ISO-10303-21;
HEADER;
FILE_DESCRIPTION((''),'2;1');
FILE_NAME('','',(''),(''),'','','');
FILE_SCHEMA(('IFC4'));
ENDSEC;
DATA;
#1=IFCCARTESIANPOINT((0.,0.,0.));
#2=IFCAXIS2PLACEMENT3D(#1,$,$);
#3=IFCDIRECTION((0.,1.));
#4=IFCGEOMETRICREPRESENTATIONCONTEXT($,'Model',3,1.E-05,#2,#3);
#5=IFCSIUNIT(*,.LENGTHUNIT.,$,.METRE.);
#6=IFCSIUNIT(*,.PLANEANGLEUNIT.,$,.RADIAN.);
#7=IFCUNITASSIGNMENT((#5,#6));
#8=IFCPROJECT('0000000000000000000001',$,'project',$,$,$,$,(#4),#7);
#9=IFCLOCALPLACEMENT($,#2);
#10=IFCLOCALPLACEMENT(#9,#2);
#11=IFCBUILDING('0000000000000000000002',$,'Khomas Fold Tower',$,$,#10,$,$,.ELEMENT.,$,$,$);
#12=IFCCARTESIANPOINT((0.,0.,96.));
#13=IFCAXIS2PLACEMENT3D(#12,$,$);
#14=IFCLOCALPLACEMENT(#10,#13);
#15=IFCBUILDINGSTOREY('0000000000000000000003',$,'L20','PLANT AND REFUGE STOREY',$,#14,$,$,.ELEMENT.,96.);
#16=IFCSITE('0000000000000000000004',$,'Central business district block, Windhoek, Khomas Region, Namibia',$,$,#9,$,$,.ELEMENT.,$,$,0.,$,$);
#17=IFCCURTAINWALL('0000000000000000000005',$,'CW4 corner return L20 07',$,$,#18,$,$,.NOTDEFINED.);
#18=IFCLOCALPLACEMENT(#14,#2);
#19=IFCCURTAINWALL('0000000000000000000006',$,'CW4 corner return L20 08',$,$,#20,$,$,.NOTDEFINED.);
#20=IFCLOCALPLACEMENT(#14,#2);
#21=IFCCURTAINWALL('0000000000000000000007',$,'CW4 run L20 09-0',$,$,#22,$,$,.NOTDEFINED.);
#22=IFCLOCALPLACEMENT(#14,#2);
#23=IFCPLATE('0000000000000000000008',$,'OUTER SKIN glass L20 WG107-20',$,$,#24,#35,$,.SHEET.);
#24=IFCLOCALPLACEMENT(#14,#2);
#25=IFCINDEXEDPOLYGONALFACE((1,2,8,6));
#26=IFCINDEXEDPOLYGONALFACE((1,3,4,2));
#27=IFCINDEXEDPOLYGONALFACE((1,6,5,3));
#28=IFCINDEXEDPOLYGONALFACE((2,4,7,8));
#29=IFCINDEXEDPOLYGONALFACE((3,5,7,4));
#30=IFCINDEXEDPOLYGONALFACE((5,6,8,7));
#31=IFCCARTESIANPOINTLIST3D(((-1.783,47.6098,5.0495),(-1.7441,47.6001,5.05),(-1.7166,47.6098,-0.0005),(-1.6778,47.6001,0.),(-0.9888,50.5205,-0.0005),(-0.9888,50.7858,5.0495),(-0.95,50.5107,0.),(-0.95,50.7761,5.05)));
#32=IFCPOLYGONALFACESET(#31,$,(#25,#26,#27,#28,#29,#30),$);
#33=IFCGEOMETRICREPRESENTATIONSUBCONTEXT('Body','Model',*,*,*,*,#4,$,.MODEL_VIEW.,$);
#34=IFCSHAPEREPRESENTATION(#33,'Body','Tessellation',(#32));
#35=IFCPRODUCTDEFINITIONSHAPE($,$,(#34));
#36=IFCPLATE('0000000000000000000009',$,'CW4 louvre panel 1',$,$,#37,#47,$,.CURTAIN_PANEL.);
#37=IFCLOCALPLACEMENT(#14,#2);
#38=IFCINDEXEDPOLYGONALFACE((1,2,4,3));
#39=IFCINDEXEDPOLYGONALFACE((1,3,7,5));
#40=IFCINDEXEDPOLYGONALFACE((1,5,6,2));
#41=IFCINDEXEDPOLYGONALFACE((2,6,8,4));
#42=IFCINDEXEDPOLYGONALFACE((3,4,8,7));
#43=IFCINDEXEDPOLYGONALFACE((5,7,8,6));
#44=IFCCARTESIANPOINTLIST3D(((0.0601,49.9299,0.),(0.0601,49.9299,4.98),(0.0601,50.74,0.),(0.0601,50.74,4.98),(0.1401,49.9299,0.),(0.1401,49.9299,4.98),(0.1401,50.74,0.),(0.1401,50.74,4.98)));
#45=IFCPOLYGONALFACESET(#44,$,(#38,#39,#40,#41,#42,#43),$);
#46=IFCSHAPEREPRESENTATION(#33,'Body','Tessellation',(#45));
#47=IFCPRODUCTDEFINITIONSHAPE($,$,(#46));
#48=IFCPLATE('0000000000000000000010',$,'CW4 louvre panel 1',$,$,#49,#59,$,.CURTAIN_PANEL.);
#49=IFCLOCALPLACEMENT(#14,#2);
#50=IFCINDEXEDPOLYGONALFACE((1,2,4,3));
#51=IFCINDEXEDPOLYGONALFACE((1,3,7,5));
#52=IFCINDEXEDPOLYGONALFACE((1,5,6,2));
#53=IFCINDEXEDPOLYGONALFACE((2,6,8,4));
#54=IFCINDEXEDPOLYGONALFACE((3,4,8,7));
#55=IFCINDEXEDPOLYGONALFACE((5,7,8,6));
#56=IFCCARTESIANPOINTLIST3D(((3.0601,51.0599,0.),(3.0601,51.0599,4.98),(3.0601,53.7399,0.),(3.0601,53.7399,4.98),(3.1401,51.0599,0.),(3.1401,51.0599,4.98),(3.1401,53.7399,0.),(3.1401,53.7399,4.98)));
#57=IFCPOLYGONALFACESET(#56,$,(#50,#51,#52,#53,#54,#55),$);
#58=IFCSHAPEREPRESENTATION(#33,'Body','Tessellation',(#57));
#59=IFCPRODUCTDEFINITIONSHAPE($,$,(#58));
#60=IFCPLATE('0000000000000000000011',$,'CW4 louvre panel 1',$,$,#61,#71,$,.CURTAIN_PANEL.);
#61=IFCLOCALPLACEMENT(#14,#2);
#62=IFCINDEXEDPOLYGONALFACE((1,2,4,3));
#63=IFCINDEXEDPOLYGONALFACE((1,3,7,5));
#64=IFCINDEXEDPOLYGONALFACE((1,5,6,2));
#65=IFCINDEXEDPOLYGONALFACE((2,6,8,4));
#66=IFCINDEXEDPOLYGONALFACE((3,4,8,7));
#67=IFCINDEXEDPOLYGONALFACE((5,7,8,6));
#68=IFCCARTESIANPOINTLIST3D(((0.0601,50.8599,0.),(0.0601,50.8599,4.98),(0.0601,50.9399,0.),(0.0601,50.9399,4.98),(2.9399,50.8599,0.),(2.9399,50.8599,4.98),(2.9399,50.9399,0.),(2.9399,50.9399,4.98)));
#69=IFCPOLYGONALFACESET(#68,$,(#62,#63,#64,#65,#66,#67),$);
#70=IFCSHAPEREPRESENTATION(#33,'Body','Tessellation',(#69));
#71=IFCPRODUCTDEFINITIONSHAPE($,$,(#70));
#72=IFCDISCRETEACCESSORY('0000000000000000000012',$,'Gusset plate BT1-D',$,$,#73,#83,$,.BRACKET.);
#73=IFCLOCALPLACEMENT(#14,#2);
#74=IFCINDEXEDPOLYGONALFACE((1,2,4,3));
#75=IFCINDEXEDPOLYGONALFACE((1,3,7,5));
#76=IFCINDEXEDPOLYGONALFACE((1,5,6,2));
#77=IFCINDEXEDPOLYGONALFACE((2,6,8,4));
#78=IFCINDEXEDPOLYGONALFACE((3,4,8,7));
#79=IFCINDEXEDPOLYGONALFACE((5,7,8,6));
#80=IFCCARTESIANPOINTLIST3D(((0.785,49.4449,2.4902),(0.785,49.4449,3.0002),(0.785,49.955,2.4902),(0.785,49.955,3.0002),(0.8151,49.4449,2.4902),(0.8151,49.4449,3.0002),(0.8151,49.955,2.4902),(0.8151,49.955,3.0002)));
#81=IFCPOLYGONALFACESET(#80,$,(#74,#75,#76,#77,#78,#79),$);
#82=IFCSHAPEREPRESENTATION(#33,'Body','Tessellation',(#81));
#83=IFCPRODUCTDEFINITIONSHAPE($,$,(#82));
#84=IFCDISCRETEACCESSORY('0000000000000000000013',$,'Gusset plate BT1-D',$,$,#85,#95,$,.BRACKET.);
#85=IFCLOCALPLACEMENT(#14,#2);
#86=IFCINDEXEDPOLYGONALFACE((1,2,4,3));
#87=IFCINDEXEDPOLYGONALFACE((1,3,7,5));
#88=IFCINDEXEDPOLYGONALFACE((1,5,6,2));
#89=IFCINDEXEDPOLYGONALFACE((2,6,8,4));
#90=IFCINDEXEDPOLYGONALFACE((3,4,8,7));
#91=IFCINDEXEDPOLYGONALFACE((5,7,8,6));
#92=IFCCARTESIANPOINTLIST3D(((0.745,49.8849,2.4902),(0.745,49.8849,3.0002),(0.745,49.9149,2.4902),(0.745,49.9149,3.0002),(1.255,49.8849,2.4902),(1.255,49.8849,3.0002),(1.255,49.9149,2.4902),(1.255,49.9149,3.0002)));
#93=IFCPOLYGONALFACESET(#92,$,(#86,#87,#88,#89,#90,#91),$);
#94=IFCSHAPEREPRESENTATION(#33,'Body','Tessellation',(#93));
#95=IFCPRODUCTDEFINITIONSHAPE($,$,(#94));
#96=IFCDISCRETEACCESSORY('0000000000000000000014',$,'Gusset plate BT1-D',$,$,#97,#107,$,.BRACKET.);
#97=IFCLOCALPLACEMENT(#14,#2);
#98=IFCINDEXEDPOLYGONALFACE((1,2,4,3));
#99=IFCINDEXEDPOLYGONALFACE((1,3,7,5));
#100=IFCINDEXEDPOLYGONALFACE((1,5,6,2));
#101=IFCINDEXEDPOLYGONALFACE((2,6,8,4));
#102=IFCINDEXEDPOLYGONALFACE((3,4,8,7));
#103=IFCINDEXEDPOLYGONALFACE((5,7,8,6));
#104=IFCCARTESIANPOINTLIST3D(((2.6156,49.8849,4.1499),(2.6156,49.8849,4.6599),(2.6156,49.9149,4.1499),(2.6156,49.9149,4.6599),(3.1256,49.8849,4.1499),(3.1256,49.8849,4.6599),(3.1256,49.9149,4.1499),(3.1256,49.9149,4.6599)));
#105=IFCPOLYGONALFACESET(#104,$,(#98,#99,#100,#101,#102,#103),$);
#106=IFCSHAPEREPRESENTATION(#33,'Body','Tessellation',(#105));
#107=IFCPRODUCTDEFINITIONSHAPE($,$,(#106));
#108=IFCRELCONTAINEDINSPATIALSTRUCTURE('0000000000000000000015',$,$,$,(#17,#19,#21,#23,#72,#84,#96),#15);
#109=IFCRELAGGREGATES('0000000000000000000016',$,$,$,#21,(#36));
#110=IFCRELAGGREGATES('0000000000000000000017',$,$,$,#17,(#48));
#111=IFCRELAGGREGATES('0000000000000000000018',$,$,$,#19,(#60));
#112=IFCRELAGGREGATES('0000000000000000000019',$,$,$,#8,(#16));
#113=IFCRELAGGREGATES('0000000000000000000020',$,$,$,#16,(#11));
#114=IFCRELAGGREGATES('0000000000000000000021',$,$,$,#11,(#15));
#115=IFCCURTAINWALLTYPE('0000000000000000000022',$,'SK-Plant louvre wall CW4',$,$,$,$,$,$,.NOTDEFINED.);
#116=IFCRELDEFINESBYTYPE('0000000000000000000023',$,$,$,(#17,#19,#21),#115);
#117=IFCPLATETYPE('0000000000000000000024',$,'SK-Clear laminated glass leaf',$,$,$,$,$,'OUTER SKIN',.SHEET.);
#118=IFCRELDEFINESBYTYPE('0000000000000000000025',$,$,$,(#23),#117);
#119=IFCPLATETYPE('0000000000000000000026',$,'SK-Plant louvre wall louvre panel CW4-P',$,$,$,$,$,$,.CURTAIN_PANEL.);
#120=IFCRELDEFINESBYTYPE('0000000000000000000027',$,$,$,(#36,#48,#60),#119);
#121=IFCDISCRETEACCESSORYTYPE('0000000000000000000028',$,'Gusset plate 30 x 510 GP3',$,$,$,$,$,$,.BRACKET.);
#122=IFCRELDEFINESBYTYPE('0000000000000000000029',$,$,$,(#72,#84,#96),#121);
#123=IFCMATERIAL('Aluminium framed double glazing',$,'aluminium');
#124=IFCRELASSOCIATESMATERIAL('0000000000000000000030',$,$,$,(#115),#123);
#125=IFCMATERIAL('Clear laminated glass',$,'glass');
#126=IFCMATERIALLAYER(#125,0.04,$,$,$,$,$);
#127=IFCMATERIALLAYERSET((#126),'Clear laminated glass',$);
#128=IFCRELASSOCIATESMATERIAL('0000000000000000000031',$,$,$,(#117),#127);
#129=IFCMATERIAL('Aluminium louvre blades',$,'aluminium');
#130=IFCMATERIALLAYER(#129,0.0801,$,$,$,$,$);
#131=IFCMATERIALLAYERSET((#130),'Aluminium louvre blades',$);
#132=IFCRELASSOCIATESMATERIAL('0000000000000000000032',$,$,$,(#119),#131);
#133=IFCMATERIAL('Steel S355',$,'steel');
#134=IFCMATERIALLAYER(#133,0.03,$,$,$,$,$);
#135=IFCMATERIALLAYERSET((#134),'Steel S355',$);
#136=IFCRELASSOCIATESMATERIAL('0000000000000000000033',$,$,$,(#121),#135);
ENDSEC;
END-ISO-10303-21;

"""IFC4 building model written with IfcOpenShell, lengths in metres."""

from ifc_helpers import new_model, si_unit, direction, frame, origin, origin_2d, place, context, subcontext, project, spatial, polyline, rectangle, outline, extrude, source, transform, mapped, material, layer, layer_set, type_object, element, aggregate, save


model = new_model("IFC4")

# Units and contexts
model_context = context("Model", 3, precision=1e-05, world=origin(), true_north=direction((0.0, 1.0)))
body_context = subcontext(model_context, "Body", "Model", "MODEL_VIEW")
ifc_project = project(units=[si_unit("LENGTHUNIT", "METRE"), si_unit("PLANEANGLEUNIT", "RADIAN")], contexts=[model_context])

# Site, building, storey
site_placement = place(None, origin())
site = spatial("IfcSite", under=ifc_project, at=site_placement, Name="Central business district block, Windhoek, Khomas Region, Namibia", CompositionType="ELEMENT", RefElevation=0.0)
building_placement = place(site_placement, origin())
building = spatial("IfcBuilding", under=site, at=building_placement, Name="Khomas Fold Tower", CompositionType="ELEMENT")
storey_placement = place(building_placement, frame((0.0, 0.0, 96.0)))
storey = spatial("IfcBuildingStorey", under=building, at=storey_placement, Name="L20", Description="PLANT AND REFUGE STOREY", CompositionType="ELEMENT", Elevation=96.0)

# Curtain wall
ifc_material_1 = material(Name="Aluminium framed double glazing", Category="aluminium")
curtain_wall_type = type_object("IfcCurtainWallType", Name="SK-Plant louvre wall CW4", PredefinedType="NOTDEFINED", material=ifc_material_1)
curtain_wall_1_placement = place(storey_placement, origin())
curtain_wall_1 = element("IfcCurtainWall", 1, at=curtain_wall_1_placement, inside=storey, type_object=curtain_wall_type, Name="CW4 corner return L20 07", PredefinedType="NOTDEFINED")

# Curtain walls
curtain_wall_2_placement = place(storey_placement, origin())
curtain_wall_2 = element("IfcCurtainWall", 2, at=curtain_wall_2_placement, inside=storey, type_object=curtain_wall_type, Name="CW4 corner return L20 08", PredefinedType="NOTDEFINED")
curtain_wall_3_placement = place(storey_placement, origin())
curtain_wall_3 = element("IfcCurtainWall", 3, at=curtain_wall_3_placement, inside=storey, type_object=curtain_wall_type, Name="CW4 run L20 09-0", PredefinedType="NOTDEFINED")

# Plates
ifc_material_2 = material(Name="Clear laminated glass", Category="glass")
ifc_layer_1 = layer(ifc_material_2, 0.04)
ifc_layer_set_1 = layer_set([ifc_layer_1], Name="Clear laminated glass")
plate_type_1 = type_object("IfcPlateType", Name="SK-Clear laminated glass leaf", ElementType="OUTER SKIN", PredefinedType="SHEET", material=ifc_layer_set_1)
plate_1_placement = place(storey_placement, frame((-0.95, 50.5107, 0.0), z_axis=(0.970052, -0.242562, 0.012751), x_axis=(-0.242581, -0.970131, 0.0)))
element("IfcPlate", 4, at=plate_1_placement, inside=storey, type_object=plate_type_1, Name="OUTER SKIN glass L20 WG107-20", PredefinedType="SHEET", context=body_context, shape_type="SweptSolid", body=[
    extrude(outline(polyline([(0.0, 0.0), (3.0003, 0.0), (3.0164, -5.0505), (-0.2575, -5.0505), (0.0, 0.0)])), origin(), (0.0, 0.0, -1.0), 0.04),
])
ifc_material_3 = material(Name="Aluminium louvre blades", Category="aluminium")
ifc_layer_2 = layer(ifc_material_3, 0.0801)
ifc_layer_set_2 = layer_set([ifc_layer_2], Name="Aluminium louvre blades")
plate_type_2 = type_object("IfcPlateType", Name="SK-Plant louvre wall louvre panel CW4-P", PredefinedType="CURTAIN_PANEL", material=ifc_layer_set_2)
shared_shape_1 = source(origin(), body_context, "Body", "SweptSolid", [
    extrude(rectangle(XDim=0.8101, YDim=0.0801, at=origin_2d()), origin(), (0.0, 0.0, 1.0), 4.98),
])
plate_2_placement = place(storey_placement, frame((0.1001, 50.335, 0.0), z_axis=(0.0, 0.0, 1.0), x_axis=(0.0, -1.0, 0.0)))
plate_2 = element("IfcPlate", 5, at=plate_2_placement, type_object=plate_type_2, Name="CW4 louvre panel 1", PredefinedType="CURTAIN_PANEL", context=body_context, shape_type="MappedRepresentation", body=[
    mapped(shared_shape_1, transform((0.0, 0.0, 0.0))),
])
aggregate(curtain_wall_3, [plate_2])
shared_shape_2 = source(origin(), body_context, "Body", "SweptSolid", [
    extrude(rectangle(XDim=2.6799, YDim=0.0801, at=origin_2d()), origin(), (0.0, 0.0, 1.0), 4.98),
])
plate_3_placement = place(storey_placement, frame((3.1001, 52.3999, 0.0), z_axis=(0.0, 0.0, 1.0), x_axis=(0.0, -1.0, 0.0)))
plate_3 = element("IfcPlate", 6, at=plate_3_placement, type_object=plate_type_2, Name="CW4 louvre panel 1", PredefinedType="CURTAIN_PANEL", context=body_context, shape_type="MappedRepresentation", body=[
    mapped(shared_shape_2, transform((0.0, 0.0, 0.0))),
])
aggregate(curtain_wall_1, [plate_3])
shared_shape_3 = source(origin(), body_context, "Body", "SweptSolid", [
    extrude(rectangle(XDim=2.8799, YDim=0.0801, at=origin_2d()), origin(), (0.0, 0.0, 1.0), 4.98),
])
plate_4_placement = place(storey_placement, frame((1.5, 50.8999, 0.0), z_axis=(0.0, 0.0, 1.0), x_axis=(-1.0, 0.0, 0.0)))
plate_4 = element("IfcPlate", 7, at=plate_4_placement, type_object=plate_type_2, Name="CW4 louvre panel 1", PredefinedType="CURTAIN_PANEL", context=body_context, shape_type="MappedRepresentation", body=[
    mapped(shared_shape_3, transform((0.0, 0.0, 0.0))),
])
aggregate(curtain_wall_2, [plate_4])

# Discrete accessories
ifc_material_4 = material(Name="Steel S355", Category="steel")
ifc_layer_3 = layer(ifc_material_4, 0.03)
ifc_layer_set_3 = layer_set([ifc_layer_3], Name="Steel S355")
discrete_accessory_type = type_object("IfcDiscreteAccessoryType", Name="Gusset plate 30 x 510 GP3", PredefinedType="BRACKET", material=ifc_layer_set_3)
shared_shape_4 = source(origin(), body_context, "Body", "SweptSolid", [
    extrude(rectangle(XDim=0.51, YDim=0.03, at=origin_2d()), origin(), (0.0, 0.0, 1.0), 0.51),
])
for number, where, z_axis, x_axis, name in (
    (8, (0.8, 49.7, 2.4902), (0.0, 0.0, 1.0), (0.0, 1.0, 0.0), "Gusset plate BT1-D"),
    (9, (1.0, 49.8999, 2.4902), (0.0, 0.0, 1.0), (1.0, 0.0, 0.0), "Gusset plate BT1-D"),
    (10, (2.8706, 49.8999, 4.1499), (0.0, 0.0, 1.0), (1.0, 0.0, 0.0), "Gusset plate BT1-D"),
):
    element("IfcDiscreteAccessory", number, at=place(storey_placement, frame(where, z_axis=z_axis, x_axis=x_axis)), inside=storey, type_object=discrete_accessory_type, Name=name, PredefinedType="BRACKET", context=body_context, shape_type="MappedRepresentation", body=[
        mapped(shared_shape_4, transform((0.0, 0.0, 0.0))),
    ])

save(model, "model.ifc")
